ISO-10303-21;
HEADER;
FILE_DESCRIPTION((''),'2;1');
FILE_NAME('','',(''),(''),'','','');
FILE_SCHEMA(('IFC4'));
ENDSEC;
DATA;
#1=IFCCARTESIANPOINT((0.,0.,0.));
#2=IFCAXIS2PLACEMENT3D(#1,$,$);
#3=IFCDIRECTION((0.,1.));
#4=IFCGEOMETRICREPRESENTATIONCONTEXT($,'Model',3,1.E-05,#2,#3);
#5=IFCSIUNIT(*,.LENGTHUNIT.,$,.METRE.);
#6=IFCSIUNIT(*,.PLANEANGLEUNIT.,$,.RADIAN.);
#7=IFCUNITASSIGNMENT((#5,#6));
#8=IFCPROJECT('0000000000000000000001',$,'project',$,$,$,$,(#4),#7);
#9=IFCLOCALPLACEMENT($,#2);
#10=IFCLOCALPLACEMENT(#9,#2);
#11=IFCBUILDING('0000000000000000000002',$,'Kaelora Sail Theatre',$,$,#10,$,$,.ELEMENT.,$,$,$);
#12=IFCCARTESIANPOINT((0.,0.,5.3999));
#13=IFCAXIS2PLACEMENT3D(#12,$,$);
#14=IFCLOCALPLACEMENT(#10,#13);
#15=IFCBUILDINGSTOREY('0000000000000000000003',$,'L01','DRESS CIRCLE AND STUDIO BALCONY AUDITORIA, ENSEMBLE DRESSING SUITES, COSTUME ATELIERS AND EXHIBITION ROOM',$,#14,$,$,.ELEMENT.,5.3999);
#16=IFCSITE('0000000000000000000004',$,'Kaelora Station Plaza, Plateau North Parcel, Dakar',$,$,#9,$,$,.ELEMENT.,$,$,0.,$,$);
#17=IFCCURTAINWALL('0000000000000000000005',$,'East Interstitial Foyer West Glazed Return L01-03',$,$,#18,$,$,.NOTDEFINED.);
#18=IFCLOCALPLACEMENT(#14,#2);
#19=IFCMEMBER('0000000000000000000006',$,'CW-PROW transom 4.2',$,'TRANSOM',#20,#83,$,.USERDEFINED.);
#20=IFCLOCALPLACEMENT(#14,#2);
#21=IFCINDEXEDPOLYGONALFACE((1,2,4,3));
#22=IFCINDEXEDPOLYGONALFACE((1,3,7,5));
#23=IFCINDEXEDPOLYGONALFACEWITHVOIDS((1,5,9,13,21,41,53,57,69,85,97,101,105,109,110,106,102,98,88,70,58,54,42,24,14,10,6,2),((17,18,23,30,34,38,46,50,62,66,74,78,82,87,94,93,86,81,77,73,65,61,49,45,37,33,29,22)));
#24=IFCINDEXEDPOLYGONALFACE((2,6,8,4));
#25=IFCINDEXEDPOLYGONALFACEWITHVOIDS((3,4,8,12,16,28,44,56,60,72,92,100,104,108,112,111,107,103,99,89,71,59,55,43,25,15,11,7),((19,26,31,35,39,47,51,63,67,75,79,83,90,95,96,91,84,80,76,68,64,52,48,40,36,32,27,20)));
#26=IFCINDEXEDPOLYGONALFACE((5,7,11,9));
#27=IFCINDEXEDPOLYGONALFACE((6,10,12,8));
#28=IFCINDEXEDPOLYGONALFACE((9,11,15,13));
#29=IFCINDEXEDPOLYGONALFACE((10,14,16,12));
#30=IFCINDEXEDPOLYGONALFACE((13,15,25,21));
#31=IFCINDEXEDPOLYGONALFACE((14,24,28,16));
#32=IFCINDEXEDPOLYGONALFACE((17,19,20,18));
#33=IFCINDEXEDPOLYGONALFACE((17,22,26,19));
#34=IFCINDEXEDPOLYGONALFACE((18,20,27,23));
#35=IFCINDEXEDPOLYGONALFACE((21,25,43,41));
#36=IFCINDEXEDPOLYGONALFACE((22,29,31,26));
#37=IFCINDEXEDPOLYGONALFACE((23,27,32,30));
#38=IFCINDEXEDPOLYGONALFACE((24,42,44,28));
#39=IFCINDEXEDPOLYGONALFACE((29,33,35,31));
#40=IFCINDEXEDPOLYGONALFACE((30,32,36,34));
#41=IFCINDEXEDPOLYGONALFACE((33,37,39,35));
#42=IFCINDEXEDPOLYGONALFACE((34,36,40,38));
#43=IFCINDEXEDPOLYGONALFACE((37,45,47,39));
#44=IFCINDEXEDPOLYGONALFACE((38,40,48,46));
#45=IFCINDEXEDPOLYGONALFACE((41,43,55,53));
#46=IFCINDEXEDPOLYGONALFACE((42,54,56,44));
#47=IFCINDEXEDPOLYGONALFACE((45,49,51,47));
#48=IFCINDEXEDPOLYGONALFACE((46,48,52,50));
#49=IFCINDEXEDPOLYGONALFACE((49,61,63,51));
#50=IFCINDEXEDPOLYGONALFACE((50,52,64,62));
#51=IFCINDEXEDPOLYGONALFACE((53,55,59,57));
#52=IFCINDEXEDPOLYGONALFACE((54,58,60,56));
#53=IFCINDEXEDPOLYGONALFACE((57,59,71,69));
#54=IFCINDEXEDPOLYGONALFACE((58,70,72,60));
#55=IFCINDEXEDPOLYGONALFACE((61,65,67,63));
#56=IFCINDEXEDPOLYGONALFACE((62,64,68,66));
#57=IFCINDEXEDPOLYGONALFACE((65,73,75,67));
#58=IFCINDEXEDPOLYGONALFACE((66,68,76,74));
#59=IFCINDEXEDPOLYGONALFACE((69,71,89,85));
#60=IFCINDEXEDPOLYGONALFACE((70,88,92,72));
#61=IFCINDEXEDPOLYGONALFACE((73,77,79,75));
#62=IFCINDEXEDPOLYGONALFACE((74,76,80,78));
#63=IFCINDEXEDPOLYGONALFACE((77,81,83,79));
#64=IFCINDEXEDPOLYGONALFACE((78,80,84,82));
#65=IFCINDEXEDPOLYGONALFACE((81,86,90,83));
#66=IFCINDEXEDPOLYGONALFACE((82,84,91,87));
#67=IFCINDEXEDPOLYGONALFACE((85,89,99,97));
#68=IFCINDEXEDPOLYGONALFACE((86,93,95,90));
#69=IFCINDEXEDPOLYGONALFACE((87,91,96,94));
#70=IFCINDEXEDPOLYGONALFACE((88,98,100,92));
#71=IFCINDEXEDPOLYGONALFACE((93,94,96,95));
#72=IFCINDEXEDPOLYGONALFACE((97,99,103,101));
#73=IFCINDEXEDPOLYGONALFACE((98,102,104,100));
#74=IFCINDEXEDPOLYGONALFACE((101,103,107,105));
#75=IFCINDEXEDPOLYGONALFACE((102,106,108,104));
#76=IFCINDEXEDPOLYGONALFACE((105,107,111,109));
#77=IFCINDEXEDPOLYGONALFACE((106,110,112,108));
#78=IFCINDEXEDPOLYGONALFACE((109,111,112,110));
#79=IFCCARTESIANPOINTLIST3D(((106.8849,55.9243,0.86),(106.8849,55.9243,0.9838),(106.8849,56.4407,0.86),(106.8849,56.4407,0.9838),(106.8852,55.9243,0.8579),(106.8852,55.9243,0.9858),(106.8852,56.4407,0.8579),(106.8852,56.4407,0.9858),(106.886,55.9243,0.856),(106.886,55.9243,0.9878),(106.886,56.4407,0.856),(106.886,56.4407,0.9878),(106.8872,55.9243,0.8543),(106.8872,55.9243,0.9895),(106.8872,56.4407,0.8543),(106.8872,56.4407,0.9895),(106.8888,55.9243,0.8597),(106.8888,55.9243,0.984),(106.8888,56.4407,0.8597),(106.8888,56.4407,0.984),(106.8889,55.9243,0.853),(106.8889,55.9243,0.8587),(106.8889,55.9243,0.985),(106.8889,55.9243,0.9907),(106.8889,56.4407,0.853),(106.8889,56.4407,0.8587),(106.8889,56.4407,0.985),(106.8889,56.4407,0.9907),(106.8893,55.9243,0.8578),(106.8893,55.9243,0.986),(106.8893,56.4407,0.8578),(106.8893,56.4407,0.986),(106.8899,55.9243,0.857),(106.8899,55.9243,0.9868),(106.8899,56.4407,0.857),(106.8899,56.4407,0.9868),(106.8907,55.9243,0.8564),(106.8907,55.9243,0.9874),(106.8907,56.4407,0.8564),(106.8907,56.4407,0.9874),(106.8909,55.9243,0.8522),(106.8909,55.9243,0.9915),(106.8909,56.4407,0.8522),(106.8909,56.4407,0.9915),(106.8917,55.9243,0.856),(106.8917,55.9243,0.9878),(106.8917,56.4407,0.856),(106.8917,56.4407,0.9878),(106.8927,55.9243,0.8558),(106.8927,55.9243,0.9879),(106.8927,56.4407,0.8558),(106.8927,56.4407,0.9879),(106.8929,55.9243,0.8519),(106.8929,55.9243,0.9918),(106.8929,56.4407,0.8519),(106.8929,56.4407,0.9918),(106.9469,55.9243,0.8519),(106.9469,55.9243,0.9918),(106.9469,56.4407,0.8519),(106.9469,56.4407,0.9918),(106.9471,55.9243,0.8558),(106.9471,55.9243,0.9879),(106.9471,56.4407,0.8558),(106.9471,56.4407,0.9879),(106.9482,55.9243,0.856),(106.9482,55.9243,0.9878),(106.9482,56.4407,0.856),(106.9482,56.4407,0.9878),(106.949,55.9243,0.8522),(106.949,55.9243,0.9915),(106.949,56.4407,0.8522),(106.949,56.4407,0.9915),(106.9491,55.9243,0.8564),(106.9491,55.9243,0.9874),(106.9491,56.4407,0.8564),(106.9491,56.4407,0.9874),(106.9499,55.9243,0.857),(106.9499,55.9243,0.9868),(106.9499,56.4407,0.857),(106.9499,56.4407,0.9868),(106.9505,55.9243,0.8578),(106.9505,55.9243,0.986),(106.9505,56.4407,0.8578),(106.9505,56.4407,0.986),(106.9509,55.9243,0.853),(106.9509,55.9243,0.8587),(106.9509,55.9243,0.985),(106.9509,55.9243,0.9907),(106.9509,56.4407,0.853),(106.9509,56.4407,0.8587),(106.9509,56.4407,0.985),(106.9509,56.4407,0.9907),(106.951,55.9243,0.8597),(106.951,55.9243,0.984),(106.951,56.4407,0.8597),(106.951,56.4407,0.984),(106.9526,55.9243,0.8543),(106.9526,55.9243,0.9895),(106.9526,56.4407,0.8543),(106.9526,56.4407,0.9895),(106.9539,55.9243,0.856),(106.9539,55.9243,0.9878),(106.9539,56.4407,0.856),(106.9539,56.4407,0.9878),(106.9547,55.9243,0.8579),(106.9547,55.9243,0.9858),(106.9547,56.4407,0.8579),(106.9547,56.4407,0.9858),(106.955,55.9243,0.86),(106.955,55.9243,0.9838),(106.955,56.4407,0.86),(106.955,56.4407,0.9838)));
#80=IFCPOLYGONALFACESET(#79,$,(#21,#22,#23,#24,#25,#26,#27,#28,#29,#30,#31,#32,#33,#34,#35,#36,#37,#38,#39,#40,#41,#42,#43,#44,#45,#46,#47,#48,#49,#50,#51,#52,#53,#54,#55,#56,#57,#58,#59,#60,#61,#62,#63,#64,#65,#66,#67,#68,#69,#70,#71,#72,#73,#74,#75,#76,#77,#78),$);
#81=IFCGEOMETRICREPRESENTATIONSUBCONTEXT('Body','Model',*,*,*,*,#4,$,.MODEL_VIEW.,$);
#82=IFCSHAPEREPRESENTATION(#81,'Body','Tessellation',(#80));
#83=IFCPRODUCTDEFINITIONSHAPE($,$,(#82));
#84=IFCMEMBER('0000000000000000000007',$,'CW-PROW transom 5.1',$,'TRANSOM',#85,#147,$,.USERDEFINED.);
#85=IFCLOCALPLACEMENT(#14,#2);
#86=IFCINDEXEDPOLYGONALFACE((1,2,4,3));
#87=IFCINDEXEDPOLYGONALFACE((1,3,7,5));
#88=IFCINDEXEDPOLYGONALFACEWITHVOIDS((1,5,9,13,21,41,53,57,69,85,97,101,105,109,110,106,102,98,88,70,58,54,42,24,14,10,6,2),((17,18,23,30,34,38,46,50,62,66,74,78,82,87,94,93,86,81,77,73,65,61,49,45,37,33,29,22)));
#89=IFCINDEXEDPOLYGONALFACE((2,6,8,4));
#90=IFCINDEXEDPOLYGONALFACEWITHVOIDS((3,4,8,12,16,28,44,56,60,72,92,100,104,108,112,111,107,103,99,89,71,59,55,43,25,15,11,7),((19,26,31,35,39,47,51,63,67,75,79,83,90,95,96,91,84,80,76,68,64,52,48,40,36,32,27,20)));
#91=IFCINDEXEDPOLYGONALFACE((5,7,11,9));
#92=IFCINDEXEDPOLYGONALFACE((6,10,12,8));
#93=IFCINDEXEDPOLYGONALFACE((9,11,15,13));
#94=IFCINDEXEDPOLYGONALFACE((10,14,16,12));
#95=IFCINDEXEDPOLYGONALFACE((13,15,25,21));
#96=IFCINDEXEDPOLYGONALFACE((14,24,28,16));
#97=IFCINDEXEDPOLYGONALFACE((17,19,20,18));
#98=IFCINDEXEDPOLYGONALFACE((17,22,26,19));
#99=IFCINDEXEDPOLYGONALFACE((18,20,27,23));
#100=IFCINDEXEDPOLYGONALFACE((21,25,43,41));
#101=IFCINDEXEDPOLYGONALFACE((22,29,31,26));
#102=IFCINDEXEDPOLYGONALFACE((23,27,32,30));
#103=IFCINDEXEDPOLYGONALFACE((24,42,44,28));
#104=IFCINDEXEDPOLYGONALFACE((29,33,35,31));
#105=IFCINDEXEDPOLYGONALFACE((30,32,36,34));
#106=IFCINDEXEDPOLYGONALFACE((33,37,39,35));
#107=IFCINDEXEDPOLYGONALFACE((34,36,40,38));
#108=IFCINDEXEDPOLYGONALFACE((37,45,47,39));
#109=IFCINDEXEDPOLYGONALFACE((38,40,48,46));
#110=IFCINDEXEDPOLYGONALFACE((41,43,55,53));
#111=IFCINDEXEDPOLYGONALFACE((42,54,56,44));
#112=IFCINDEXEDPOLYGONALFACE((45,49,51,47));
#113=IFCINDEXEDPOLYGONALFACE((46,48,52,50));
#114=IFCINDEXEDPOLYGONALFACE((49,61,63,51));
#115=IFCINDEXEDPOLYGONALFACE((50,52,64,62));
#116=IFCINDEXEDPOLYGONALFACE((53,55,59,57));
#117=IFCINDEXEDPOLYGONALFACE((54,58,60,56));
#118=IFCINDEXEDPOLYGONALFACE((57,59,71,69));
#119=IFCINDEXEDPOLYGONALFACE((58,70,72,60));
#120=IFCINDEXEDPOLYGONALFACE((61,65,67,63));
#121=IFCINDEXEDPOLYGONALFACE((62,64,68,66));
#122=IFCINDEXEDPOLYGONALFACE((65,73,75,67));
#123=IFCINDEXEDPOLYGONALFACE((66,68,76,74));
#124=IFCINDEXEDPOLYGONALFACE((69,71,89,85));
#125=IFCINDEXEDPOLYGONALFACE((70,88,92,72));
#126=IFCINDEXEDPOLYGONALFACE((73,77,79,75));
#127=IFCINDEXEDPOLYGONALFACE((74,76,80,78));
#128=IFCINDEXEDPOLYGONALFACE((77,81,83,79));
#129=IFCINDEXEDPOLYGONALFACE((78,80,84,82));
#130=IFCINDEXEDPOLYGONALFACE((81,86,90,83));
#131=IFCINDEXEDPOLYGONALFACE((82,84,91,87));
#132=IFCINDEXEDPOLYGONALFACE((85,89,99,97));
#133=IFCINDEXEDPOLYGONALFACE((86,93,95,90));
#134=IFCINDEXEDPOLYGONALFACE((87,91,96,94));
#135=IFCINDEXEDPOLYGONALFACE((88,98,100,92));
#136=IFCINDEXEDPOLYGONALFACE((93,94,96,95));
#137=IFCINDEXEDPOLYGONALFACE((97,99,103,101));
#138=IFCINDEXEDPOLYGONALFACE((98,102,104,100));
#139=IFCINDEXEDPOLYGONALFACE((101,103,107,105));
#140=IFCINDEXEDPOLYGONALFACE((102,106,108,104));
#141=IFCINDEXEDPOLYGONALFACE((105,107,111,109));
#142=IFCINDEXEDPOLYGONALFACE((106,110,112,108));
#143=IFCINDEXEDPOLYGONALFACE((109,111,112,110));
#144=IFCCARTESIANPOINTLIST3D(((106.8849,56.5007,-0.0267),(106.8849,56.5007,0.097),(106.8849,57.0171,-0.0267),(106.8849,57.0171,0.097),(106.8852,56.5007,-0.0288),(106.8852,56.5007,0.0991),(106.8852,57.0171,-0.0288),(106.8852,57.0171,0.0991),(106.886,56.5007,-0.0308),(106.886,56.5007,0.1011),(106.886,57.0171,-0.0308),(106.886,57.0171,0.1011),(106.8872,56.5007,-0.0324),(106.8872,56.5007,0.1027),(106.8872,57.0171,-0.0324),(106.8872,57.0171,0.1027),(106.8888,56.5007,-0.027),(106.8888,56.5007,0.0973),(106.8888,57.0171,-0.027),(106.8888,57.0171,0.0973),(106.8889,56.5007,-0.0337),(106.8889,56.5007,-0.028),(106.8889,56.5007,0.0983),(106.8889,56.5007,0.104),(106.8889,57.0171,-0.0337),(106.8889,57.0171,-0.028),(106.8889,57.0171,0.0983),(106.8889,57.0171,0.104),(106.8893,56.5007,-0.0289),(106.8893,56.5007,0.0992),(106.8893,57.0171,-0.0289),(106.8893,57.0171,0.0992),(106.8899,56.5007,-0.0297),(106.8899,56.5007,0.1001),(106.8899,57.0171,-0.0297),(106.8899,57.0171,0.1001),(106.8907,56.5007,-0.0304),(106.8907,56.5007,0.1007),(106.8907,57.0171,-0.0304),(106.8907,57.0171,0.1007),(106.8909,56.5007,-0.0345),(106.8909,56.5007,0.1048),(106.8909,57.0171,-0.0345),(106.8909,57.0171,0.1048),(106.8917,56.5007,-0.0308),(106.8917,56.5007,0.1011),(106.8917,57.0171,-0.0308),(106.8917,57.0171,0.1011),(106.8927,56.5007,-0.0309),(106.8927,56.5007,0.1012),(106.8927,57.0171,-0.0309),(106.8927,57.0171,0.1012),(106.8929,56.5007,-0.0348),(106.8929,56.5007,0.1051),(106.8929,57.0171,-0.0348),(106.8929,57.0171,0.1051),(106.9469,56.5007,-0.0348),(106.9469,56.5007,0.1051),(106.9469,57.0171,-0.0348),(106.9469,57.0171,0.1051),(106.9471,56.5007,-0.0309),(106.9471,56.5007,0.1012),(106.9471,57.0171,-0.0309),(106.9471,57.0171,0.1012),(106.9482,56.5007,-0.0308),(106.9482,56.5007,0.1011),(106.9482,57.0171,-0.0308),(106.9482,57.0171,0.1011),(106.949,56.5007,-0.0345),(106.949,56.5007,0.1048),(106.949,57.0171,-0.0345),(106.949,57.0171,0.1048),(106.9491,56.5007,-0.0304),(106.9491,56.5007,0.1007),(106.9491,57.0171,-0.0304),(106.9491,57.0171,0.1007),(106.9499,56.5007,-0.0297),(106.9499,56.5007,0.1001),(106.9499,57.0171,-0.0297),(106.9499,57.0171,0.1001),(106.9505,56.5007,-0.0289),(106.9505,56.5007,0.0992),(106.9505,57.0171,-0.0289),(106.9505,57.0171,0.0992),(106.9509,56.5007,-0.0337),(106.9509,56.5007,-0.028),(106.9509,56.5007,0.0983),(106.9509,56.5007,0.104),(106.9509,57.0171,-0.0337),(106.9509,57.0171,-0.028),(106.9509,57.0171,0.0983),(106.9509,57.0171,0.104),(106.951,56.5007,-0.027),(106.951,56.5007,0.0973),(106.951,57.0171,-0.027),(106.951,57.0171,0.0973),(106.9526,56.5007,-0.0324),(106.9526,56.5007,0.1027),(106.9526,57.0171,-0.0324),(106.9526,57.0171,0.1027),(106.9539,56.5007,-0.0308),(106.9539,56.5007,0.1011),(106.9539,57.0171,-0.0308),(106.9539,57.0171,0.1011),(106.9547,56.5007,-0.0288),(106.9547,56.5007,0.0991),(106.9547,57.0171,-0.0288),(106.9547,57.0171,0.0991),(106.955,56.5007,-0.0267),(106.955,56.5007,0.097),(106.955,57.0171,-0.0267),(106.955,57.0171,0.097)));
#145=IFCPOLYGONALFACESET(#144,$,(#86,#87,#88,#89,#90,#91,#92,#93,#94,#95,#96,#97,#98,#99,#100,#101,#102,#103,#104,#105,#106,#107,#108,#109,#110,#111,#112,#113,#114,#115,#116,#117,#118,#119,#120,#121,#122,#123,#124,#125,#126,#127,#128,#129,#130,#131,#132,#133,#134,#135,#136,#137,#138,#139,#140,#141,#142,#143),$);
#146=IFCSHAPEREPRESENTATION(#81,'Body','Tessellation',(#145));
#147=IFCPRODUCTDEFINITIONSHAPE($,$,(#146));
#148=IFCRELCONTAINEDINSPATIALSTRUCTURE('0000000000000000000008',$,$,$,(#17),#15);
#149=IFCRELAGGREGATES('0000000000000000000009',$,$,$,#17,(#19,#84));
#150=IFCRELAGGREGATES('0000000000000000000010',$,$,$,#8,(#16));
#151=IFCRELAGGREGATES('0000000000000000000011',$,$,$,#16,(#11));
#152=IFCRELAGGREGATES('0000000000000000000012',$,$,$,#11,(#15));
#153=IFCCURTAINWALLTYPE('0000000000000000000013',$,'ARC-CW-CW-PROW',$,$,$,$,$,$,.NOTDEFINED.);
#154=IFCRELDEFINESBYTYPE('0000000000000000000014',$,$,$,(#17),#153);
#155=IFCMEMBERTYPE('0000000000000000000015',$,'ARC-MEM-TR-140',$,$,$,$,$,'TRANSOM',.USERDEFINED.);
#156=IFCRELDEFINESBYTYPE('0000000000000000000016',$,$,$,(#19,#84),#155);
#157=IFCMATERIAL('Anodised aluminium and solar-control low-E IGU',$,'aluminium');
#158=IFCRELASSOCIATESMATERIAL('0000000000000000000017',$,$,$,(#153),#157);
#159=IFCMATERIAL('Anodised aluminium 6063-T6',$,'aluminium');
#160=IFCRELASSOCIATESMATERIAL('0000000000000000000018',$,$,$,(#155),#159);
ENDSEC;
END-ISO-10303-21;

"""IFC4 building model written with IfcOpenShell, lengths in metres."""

from ifc_helpers import new_model, si_unit, direction, frame, origin, origin_2d, place, context, subcontext, project, spatial, hollow_rectangle, extrude, material, material_profile, profile_set, type_object, element, aggregate, save


model = new_model("IFC4")

# Units and contexts
model_context = context("Model", 3, precision=1e-05, world=origin(), true_north=direction((0.0, 1.0)))
body_context = subcontext(model_context, "Body", "Model", "MODEL_VIEW")
ifc_project = project(units=[si_unit("LENGTHUNIT", "METRE"), si_unit("PLANEANGLEUNIT", "RADIAN")], contexts=[model_context])

# Site, building, storey
site_placement = place(None, origin())
site = spatial("IfcSite", under=ifc_project, at=site_placement, Name="Kaelora Station Plaza, Plateau North Parcel, Dakar", CompositionType="ELEMENT", RefElevation=0.0)
building_placement = place(site_placement, origin())
building = spatial("IfcBuilding", under=site, at=building_placement, Name="Kaelora Sail Theatre", CompositionType="ELEMENT")
storey_placement = place(building_placement, frame((0.0, 0.0, 5.3999)))
storey = spatial("IfcBuildingStorey", under=building, at=storey_placement, Name="L01", Description="DRESS CIRCLE AND STUDIO BALCONY AUDITORIA, ENSEMBLE DRESSING SUITES, COSTUME ATELIERS AND EXHIBITION ROOM", CompositionType="ELEMENT", Elevation=5.3999)

# Curtain wall, members
ifc_material_1 = material(Name="Anodised aluminium and solar-control low-E IGU", Category="aluminium")
curtain_wall_type = type_object("IfcCurtainWallType", Name="ARC-CW-CW-PROW", PredefinedType="NOTDEFINED", material=ifc_material_1)
curtain_wall_placement = place(storey_placement, origin())
curtain_wall = element("IfcCurtainWall", 1, at=curtain_wall_placement, inside=storey, type_object=curtain_wall_type, Name="East Interstitial Foyer West Glazed Return L01-03", PredefinedType="NOTDEFINED")
ifc_material_2 = material(Name="Anodised aluminium 6063-T6", Category="aluminium")
ifc_material_profile_1 = material_profile(ifc_material_2, hollow_rectangle(XDim=0.0701, YDim=0.1399, WallThickness=0.0039, InnerFilletRadius=0.0039, OuterFilletRadius=0.0081, at=origin_2d()), Name="ALU-TRAN 70x140x4")
ifc_profile_set_1 = profile_set([ifc_material_profile_1], Name="Anodised aluminium 6063-T6")
member_type_1 = type_object("IfcMemberType", Name="ARC-MEM-TR-140", ElementType="TRANSOM", PredefinedType="USERDEFINED", material=ifc_profile_set_1)
member_1_placement = place(storey_placement, frame((106.9199, 55.9243, 0.9219), z_axis=(0.0, 1.0, 0.0), x_axis=(-1.0, 0.0, 0.0)))
member_1 = element("IfcMember", 2, at=member_1_placement, type_object=member_type_1, Name="CW-PROW transom 4.2", ObjectType="TRANSOM", PredefinedType="USERDEFINED", context=body_context, shape_type="SweptSolid", body=[
    extrude(hollow_rectangle(XDim=0.0701, YDim=0.1399, WallThickness=0.0039, InnerFilletRadius=0.0039, OuterFilletRadius=0.0081, at=origin_2d()), origin(), (0.0, 0.0, 1.0), 0.5164),
])
member_2_placement = place(storey_placement, frame((106.9199, 56.5007, 0.0352), z_axis=(0.0, 1.0, 0.0), x_axis=(-1.0, 0.0, 0.0)))
member_2 = element("IfcMember", 3, at=member_2_placement, type_object=member_type_1, Name="CW-PROW transom 5.1", ObjectType="TRANSOM", PredefinedType="USERDEFINED", context=body_context, shape_type="SweptSolid", body=[
    extrude(hollow_rectangle(XDim=0.0701, YDim=0.1399, WallThickness=0.0039, InnerFilletRadius=0.0039, OuterFilletRadius=0.0081, at=origin_2d()), origin(), (0.0, 0.0, 1.0), 0.5164),
])
aggregate(curtain_wall, [member_1, member_2])

save(model, "model.ifc")
